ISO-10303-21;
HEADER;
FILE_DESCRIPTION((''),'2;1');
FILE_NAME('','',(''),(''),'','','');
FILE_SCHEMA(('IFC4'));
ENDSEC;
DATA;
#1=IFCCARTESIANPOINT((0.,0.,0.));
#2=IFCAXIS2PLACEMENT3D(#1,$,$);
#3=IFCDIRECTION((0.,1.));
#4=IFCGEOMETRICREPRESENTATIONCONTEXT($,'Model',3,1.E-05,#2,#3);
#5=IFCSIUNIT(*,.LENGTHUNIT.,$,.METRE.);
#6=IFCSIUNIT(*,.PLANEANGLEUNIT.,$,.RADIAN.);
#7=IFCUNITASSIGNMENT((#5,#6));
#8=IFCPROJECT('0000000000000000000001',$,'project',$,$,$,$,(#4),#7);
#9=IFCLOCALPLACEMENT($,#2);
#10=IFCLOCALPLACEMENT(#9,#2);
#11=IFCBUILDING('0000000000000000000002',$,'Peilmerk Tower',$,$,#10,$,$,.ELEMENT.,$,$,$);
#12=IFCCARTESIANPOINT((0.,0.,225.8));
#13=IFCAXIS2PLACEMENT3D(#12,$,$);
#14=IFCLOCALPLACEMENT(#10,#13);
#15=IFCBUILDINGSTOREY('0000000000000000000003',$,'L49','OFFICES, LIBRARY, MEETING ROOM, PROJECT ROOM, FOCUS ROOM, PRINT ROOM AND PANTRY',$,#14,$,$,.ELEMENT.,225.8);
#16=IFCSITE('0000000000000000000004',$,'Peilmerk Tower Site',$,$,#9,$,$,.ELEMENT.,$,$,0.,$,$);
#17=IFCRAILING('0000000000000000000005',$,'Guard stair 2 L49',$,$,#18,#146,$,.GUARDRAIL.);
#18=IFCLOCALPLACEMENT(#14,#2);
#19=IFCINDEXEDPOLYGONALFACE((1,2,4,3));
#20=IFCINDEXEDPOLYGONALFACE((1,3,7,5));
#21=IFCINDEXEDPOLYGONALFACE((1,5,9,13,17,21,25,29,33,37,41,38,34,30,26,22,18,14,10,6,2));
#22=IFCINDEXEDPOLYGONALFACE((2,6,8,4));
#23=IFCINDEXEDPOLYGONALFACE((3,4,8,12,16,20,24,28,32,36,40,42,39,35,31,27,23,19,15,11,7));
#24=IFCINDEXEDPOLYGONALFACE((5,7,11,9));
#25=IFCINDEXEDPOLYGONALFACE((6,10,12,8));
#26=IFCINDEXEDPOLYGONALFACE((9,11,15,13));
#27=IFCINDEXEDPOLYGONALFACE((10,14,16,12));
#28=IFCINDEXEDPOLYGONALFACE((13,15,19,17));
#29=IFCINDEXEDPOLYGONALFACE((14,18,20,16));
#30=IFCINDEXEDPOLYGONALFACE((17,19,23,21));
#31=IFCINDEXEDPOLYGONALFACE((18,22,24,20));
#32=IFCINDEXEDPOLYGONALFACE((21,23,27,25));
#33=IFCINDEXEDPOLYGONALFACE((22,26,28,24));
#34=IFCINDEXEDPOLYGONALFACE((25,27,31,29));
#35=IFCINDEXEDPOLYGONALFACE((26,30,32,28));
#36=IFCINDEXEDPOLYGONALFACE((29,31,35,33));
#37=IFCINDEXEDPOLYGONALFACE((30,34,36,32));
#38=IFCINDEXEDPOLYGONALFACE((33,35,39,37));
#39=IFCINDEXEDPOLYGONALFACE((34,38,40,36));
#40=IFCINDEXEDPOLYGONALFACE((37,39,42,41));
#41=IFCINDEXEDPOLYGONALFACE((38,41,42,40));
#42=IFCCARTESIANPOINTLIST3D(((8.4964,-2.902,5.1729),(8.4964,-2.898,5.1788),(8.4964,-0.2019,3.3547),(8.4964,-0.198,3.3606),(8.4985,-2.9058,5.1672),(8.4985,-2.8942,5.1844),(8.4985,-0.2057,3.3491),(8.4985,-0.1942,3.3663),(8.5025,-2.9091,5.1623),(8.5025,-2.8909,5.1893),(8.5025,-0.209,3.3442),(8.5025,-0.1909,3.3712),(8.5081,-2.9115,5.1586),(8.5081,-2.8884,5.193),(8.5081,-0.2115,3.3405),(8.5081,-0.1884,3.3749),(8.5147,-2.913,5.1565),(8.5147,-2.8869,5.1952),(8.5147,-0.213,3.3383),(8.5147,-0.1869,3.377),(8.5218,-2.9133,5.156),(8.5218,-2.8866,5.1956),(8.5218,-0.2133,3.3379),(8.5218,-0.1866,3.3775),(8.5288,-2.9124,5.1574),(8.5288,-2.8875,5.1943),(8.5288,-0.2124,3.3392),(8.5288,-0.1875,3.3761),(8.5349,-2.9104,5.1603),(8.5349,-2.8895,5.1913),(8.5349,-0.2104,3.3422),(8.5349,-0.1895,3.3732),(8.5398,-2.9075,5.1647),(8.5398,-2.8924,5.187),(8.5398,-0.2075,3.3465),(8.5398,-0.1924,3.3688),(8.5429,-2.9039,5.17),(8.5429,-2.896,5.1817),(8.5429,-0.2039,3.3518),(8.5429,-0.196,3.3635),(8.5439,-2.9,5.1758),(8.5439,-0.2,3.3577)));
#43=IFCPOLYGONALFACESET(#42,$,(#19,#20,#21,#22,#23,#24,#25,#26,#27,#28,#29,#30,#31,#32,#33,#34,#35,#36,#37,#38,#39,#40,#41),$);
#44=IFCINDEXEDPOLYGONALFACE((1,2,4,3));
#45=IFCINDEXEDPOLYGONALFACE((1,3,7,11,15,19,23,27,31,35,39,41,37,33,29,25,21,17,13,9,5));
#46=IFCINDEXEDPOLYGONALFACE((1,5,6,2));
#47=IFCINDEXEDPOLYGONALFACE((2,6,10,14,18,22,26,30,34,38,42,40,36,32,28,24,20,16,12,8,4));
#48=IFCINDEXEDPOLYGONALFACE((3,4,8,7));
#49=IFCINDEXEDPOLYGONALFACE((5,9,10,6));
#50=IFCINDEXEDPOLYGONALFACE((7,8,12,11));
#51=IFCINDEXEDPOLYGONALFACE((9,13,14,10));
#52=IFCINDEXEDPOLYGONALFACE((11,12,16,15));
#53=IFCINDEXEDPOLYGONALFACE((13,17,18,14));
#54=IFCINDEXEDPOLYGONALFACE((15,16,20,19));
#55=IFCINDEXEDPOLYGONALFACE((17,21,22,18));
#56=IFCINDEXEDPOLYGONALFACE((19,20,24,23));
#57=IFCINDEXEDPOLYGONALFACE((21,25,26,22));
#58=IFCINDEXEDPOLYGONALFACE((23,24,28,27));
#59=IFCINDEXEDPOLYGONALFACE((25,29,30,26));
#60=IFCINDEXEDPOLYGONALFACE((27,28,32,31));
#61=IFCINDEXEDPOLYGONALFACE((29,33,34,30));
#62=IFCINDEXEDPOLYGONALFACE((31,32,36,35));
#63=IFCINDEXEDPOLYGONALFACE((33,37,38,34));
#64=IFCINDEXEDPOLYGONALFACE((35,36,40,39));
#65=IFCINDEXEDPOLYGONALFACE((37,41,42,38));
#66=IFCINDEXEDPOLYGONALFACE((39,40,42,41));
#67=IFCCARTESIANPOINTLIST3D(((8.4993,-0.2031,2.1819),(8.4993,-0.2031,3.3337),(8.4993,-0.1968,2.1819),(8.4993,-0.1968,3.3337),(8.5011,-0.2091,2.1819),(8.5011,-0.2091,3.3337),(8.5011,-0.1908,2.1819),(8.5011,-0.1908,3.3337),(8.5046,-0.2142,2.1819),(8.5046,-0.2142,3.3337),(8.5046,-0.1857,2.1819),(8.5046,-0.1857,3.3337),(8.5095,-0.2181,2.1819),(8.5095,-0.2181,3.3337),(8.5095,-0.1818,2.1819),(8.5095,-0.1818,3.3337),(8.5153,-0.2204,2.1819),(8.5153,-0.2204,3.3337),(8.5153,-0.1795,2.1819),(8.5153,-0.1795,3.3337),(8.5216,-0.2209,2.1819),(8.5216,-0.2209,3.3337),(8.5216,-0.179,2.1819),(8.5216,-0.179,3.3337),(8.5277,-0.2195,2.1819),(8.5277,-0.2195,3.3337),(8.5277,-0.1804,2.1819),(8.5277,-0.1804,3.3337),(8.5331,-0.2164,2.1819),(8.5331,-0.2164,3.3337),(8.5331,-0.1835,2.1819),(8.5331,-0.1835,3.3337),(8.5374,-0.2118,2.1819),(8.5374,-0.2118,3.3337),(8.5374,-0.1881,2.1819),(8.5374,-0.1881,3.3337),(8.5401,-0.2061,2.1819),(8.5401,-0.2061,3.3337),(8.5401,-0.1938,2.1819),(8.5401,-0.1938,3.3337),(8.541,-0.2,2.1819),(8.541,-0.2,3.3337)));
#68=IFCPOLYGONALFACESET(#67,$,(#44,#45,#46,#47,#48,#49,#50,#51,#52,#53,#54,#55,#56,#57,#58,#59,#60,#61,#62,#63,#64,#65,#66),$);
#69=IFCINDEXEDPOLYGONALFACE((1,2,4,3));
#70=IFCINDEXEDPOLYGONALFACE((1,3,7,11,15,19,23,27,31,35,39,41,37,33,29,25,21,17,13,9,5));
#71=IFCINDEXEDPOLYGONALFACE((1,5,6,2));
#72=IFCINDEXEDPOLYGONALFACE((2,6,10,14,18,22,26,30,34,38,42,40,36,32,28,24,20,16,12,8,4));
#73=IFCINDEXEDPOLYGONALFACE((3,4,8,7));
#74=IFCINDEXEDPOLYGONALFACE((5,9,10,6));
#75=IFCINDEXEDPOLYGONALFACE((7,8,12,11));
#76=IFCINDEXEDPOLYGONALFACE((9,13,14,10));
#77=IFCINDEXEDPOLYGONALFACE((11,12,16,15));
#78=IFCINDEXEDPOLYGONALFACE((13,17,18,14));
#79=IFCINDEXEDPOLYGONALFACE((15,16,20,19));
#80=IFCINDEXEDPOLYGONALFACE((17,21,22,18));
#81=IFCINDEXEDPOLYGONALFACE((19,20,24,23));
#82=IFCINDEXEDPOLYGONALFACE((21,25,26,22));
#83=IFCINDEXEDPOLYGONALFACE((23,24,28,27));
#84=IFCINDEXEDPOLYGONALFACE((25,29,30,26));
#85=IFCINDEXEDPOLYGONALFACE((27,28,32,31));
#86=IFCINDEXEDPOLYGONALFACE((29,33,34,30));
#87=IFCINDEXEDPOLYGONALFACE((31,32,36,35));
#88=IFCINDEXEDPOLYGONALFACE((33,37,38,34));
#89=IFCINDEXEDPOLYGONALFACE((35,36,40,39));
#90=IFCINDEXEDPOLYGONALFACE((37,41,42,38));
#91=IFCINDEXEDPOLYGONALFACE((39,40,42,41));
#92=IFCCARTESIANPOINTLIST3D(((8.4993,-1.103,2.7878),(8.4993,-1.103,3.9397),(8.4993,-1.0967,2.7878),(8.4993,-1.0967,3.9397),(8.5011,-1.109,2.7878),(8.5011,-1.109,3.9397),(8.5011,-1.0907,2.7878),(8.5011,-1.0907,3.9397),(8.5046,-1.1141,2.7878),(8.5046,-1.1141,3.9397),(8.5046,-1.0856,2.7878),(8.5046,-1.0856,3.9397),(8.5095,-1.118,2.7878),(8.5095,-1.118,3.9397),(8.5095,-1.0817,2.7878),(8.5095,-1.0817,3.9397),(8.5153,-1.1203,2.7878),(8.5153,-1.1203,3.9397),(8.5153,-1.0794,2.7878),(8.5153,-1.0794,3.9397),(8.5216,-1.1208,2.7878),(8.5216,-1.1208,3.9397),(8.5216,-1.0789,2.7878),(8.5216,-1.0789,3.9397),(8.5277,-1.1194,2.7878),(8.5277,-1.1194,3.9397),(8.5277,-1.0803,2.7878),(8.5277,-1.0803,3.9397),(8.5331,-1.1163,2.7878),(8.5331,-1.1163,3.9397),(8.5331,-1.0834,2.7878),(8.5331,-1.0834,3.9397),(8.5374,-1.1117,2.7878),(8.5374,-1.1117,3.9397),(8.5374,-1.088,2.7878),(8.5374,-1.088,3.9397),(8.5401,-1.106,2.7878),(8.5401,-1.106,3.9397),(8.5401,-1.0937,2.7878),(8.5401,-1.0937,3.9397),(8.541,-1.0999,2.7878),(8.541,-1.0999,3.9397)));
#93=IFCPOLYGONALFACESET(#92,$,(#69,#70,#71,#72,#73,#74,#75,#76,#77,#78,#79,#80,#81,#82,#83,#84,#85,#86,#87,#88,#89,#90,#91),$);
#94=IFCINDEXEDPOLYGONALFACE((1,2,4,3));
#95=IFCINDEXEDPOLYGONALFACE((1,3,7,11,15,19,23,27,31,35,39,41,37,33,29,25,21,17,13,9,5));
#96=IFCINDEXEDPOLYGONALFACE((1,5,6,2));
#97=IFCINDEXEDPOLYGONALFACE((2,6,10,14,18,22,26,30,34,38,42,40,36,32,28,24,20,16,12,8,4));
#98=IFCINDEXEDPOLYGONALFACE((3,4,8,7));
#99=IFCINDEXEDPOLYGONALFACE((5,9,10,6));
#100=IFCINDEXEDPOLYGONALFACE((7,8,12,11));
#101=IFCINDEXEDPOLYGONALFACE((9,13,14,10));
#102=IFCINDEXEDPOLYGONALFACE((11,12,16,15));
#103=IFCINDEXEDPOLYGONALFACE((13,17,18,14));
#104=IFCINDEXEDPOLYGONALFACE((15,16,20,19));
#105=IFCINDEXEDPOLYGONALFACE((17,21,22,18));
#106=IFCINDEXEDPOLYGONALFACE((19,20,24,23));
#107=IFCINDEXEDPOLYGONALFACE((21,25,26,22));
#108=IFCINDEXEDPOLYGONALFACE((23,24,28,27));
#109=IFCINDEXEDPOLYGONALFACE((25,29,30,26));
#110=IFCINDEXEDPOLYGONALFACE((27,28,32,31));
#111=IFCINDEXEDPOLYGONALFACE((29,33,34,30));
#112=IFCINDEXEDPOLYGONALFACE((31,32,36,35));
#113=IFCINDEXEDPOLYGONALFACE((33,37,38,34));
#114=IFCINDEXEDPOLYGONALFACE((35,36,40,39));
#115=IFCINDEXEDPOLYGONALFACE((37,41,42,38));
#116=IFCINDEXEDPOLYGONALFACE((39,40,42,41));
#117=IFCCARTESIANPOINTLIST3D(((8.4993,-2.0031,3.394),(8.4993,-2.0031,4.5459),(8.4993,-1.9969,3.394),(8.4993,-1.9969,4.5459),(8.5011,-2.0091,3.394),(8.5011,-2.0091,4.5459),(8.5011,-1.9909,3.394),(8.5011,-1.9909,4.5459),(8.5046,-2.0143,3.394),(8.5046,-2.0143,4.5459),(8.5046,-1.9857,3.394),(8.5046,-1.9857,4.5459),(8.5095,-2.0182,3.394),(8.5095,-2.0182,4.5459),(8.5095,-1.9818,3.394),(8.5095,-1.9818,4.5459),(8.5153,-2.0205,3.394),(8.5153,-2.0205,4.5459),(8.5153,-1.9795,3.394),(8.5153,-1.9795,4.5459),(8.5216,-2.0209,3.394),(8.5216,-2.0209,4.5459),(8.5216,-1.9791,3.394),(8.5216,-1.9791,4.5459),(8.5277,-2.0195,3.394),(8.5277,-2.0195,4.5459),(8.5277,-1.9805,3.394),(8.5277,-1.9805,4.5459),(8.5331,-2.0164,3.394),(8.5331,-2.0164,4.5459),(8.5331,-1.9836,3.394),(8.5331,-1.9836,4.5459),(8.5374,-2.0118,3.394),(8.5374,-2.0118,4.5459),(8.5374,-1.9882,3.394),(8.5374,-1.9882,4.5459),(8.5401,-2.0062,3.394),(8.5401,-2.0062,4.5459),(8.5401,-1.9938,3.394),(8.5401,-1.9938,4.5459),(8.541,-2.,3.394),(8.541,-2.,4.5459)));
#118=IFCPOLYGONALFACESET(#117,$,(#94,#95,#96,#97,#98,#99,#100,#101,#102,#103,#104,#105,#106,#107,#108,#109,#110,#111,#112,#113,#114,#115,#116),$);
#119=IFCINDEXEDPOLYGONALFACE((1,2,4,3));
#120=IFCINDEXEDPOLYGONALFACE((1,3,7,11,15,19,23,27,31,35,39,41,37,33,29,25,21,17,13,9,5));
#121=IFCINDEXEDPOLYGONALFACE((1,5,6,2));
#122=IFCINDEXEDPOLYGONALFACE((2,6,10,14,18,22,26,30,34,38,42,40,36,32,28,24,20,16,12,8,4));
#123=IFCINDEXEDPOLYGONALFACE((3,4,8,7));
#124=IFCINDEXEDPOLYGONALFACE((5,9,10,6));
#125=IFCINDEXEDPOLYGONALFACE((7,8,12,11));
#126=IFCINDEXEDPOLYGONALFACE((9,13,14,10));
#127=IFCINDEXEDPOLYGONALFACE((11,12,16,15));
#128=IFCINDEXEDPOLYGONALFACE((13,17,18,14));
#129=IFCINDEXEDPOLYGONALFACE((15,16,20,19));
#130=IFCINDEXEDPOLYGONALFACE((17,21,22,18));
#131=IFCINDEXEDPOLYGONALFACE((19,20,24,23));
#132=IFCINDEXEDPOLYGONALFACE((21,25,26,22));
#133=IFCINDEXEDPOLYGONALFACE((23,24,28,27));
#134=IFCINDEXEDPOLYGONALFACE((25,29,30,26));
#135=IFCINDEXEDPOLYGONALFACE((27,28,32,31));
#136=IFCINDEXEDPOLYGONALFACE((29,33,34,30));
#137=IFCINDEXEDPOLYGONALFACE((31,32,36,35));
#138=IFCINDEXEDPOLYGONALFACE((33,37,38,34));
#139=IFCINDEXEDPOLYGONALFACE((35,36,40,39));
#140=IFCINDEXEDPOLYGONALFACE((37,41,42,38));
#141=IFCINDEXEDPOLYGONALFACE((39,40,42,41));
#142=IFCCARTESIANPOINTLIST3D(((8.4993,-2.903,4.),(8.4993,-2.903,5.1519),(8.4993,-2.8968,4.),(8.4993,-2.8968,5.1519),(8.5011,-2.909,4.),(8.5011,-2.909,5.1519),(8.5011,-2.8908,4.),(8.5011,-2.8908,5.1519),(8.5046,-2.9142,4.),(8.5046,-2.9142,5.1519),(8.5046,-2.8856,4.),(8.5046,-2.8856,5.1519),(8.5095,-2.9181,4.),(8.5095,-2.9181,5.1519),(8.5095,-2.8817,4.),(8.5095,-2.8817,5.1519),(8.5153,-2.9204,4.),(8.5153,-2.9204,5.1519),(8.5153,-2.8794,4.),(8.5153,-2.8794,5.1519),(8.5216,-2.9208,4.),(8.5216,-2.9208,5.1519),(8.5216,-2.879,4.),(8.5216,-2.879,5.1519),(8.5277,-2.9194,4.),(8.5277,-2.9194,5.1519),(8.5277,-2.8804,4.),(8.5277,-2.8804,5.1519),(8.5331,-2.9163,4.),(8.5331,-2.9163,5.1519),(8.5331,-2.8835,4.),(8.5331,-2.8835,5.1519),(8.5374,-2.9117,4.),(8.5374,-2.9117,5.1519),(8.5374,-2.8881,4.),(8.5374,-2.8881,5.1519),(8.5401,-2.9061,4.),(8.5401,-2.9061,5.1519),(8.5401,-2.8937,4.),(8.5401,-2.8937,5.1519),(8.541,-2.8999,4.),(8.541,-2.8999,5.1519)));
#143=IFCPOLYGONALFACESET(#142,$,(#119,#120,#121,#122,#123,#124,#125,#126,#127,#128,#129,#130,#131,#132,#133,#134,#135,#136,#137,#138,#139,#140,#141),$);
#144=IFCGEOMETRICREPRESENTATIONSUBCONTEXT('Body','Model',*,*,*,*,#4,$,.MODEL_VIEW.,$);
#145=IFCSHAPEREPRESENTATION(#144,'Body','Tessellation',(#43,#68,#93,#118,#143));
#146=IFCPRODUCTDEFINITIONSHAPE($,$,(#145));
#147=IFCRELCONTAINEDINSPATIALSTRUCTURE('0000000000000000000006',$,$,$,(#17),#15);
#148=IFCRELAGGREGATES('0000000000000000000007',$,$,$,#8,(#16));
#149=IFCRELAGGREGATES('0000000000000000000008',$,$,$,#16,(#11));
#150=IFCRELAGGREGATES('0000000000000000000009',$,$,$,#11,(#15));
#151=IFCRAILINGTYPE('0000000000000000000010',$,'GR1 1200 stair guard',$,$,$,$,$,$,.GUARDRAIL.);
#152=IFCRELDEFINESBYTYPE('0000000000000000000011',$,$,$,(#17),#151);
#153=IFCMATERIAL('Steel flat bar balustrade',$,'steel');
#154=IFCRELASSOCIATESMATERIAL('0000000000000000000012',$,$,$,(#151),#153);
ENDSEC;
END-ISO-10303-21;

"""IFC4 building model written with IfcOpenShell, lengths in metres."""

from ifc_helpers import new_model, si_unit, direction, frame, origin, origin_2d, place, context, subcontext, project, spatial, circle, extrude, material, type_object, element, save


model = new_model("IFC4")

# Units and contexts
model_context = context("Model", 3, precision=1e-05, world=origin(), true_north=direction((0.0, 1.0)))
body_context = subcontext(model_context, "Body", "Model", "MODEL_VIEW")
ifc_project = project(units=[si_unit("LENGTHUNIT", "METRE"), si_unit("PLANEANGLEUNIT", "RADIAN")], contexts=[model_context])

# Site, building, storey
site_placement = place(None, origin())
site = spatial("IfcSite", under=ifc_project, at=site_placement, Name="Peilmerk Tower Site", CompositionType="ELEMENT", RefElevation=0.0)
building_placement = place(site_placement, origin())
building = spatial("IfcBuilding", under=site, at=building_placement, Name="Peilmerk Tower", CompositionType="ELEMENT")
storey_placement = place(building_placement, frame((0.0, 0.0, 225.8)))
storey = spatial("IfcBuildingStorey", under=building, at=storey_placement, Name="L49", Description="OFFICES, LIBRARY, MEETING ROOM, PROJECT ROOM, FOCUS ROOM, PRINT ROOM AND PANTRY", CompositionType="ELEMENT", Elevation=225.8)

# Railing
ifc_material_1 = material(Name="Steel flat bar balustrade", Category="steel")
railing_type_1 = type_object("IfcRailingType", Name="GR1 1200 stair guard", PredefinedType="GUARDRAIL", material=ifc_material_1)
railing_1_placement = place(storey_placement, frame((8.52, -0.2, 2.1819)))
element("IfcRailing", 1, at=railing_1_placement, inside=storey, type_object=railing_type_1, Name="Guard stair 2 L49", PredefinedType="GUARDRAIL", context=body_context, shape_type="SweptSolid", body=[
    extrude(circle(Radius=0.0239, at=origin_2d()), frame((0.0, 0.0, 1.1758), z_axis=(0.0, -0.829468, 0.558554), x_axis=(1.0, 0.0, 0.0)), (0.0, 0.0, 1.0), 3.2551),
    extrude(circle(Radius=0.021, at=origin_2d()), origin(), (0.0, 0.0, 1.0), 1.1519),
    extrude(circle(Radius=0.021, at=origin_2d()), frame((0.0, -0.8999, 0.606)), (0.0, 0.0, 1.0), 1.1519),
    extrude(circle(Radius=0.021, at=origin_2d()), frame((0.0, -1.8, 1.2122)), (0.0, 0.0, 1.0), 1.1519),
    extrude(circle(Radius=0.021, at=origin_2d()), frame((0.0, -2.7, 1.8181)), (0.0, 0.0, 1.0), 1.1519),
])

save(model, "model.ifc")
